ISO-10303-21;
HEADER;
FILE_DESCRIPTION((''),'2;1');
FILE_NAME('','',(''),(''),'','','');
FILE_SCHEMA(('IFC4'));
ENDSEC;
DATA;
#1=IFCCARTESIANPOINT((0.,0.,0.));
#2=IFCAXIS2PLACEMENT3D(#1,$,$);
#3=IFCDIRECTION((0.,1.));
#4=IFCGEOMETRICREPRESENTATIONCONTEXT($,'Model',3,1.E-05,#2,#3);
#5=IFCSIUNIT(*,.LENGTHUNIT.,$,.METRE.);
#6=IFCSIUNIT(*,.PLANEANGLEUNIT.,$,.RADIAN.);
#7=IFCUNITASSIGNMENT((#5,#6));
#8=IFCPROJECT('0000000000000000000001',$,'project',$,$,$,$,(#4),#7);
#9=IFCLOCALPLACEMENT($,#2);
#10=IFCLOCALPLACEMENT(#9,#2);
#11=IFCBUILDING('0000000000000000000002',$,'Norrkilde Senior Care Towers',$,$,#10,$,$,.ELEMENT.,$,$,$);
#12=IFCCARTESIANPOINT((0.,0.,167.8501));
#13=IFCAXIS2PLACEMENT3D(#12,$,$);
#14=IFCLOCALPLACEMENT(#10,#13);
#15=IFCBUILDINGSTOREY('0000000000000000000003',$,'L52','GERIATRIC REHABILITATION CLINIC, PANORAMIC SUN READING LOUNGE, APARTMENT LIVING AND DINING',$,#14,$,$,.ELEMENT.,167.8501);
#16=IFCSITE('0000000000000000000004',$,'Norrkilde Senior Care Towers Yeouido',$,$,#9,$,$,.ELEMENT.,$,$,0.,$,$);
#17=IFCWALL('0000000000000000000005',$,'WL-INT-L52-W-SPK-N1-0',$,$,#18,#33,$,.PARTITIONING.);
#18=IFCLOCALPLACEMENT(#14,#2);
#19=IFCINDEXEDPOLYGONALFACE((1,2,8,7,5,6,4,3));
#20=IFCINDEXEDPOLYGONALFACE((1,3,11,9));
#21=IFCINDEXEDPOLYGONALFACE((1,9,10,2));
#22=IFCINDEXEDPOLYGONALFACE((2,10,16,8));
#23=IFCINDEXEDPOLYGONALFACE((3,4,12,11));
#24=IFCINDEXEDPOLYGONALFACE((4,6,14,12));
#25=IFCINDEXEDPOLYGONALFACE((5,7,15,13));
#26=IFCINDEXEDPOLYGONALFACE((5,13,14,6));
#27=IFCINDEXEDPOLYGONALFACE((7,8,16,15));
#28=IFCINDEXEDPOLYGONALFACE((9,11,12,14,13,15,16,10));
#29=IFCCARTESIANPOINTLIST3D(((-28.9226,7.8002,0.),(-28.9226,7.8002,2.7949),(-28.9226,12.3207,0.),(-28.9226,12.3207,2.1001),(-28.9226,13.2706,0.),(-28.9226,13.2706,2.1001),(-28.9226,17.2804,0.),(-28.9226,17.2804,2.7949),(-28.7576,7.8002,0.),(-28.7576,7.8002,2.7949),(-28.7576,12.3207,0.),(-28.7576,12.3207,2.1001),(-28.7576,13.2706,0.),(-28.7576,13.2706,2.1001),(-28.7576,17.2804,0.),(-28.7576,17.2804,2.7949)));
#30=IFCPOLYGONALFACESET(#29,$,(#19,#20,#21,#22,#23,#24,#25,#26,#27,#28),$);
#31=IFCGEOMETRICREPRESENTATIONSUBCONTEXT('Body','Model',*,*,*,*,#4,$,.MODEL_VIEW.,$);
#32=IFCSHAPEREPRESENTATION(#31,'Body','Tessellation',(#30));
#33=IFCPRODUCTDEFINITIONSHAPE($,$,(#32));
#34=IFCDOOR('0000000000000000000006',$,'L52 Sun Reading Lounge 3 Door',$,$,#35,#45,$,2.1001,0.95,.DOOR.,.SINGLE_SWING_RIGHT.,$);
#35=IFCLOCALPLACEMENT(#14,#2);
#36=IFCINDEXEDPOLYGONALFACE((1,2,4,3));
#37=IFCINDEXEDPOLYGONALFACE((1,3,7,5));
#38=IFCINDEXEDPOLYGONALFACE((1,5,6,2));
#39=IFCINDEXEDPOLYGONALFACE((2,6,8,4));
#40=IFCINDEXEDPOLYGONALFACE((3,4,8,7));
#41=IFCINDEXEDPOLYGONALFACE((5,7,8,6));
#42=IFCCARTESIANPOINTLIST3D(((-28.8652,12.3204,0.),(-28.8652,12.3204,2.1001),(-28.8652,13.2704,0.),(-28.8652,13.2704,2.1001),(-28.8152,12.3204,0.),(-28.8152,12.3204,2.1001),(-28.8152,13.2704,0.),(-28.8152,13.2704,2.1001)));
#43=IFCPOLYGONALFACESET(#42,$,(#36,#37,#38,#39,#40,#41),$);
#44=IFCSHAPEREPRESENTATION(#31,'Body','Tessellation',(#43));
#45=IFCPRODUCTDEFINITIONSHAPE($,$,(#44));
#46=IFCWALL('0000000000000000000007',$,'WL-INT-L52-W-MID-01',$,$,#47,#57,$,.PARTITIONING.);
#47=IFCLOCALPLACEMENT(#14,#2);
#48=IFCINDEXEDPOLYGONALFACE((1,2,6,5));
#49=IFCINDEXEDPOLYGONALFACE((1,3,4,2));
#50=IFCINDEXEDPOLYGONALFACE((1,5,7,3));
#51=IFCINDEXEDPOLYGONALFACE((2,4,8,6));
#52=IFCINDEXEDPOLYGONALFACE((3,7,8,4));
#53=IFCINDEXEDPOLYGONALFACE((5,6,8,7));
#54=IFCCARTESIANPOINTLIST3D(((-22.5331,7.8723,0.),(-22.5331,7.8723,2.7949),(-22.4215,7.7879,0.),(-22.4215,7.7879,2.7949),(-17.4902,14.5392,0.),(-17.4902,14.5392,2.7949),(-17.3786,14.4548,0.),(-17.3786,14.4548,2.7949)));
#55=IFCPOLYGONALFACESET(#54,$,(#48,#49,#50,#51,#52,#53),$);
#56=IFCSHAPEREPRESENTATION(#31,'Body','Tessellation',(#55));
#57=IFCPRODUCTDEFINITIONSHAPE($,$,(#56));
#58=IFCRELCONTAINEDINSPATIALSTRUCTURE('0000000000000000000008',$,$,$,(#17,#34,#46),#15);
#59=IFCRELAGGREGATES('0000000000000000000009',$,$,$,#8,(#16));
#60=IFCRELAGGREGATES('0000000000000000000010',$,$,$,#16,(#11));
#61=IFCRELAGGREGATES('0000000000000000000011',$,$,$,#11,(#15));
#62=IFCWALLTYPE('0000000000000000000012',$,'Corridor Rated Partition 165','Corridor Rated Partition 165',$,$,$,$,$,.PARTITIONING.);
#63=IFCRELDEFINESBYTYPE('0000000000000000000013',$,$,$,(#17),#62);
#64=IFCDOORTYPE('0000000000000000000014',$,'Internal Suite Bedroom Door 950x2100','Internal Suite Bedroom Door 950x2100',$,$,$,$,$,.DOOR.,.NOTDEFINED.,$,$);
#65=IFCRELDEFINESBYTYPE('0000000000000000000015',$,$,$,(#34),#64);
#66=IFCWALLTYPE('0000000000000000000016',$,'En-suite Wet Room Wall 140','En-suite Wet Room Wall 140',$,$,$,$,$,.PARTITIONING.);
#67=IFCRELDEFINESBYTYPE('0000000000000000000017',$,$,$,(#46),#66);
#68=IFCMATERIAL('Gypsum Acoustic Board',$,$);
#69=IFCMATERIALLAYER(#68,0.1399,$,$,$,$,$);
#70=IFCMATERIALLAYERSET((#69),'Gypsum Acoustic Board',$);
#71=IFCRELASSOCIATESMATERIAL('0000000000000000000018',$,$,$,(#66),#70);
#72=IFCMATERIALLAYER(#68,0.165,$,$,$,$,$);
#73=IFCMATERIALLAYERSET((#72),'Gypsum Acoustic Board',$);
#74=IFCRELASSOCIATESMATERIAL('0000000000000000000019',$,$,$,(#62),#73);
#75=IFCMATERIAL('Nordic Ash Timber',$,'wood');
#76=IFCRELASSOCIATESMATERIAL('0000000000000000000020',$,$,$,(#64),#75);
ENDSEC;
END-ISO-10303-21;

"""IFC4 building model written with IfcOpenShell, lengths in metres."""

from ifc_helpers import new_model, si_unit, direction, frame, frame_2d, origin, place, context, subcontext, project, spatial, rectangle, extrude, source, transform, mapped, material, layer, layer_set, type_object, type_shapes, element, fill, save


model = new_model("IFC4")

# Units and contexts
model_context = context("Model", 3, precision=1e-05, world=origin(), true_north=direction((0.0, 1.0)))
body_context = subcontext(model_context, "Body", "Model", "MODEL_VIEW")
ifc_project = project(units=[si_unit("LENGTHUNIT", "METRE"), si_unit("PLANEANGLEUNIT", "RADIAN")], contexts=[model_context])

# Site, building, storey
site_placement = place(None, origin())
site = spatial("IfcSite", under=ifc_project, at=site_placement, Name="Norrkilde Senior Care Towers Yeouido", CompositionType="ELEMENT", RefElevation=0.0)
building_placement = place(site_placement, origin())
building = spatial("IfcBuilding", under=site, at=building_placement, Name="Norrkilde Senior Care Towers", CompositionType="ELEMENT")
storey_placement = place(building_placement, frame((0.0, 0.0, 167.8501)))
storey = spatial("IfcBuildingStorey", under=building, at=storey_placement, Name="L52", Description="GERIATRIC REHABILITATION CLINIC, PANORAMIC SUN READING LOUNGE, APARTMENT LIVING AND DINING", CompositionType="ELEMENT", Elevation=167.8501)

# Shared definitions
ifc_material_1 = material(Name="Gypsum Acoustic Board")
ifc_layer_1 = layer(ifc_material_1, 0.1399)
ifc_layer_set_1 = layer_set([ifc_layer_1], Name="Gypsum Acoustic Board")
wall_type_1 = type_object("IfcWallType", Name="En-suite Wet Room Wall 140", Description="En-suite Wet Room Wall 140", PredefinedType="PARTITIONING", material=ifc_layer_set_1)
ifc_material_2 = material(Name="Nordic Ash Timber", Category="wood")

# Shared definitions
ifc_layer_2 = layer(ifc_material_1, 0.165)
ifc_layer_set_2 = layer_set([ifc_layer_2], Name="Gypsum Acoustic Board")
wall_type_2 = type_object("IfcWallType", Name="Corridor Rated Partition 165", Description="Corridor Rated Partition 165", PredefinedType="PARTITIONING", material=ifc_layer_set_2)

# Wall, opening, door
shared_shape_1 = source(origin(), body_context, "Body", "SweptSolid", [
    extrude(rectangle(XDim=9.4802, YDim=0.165, at=frame_2d((4.7402, 0.0))), origin(), (0.0, 0.0, 1.0), 2.7949),
])
wall_1_placement = place(storey_placement, frame((-28.8401, 7.8, 0.0), z_axis=(0.0, 0.0, 1.0), x_axis=(0.0, 1.0, 0.0)))
wall_1 = element("IfcWall", 1, at=wall_1_placement, inside=storey, type_object=wall_type_2, Name="WL-INT-L52-W-SPK-N1-0", PredefinedType="PARTITIONING", context=body_context, shape_type="MappedRepresentation", body=[
    mapped(shared_shape_1, transform((0.0, 0.0, 0.0), x_axis=(1.0, 0.0, 0.0), y_axis=(0.0, 1.0, 0.0), z_axis=(0.0, 0.0, 1.0), scale=1.0)),
])
opening_1_placement = place(wall_1_placement, frame((4.5205, 0.0, 0.0)))
opening_1 = element("IfcOpeningElement", 2, at=opening_1_placement, cuts=wall_1, PredefinedType="OPENING", context=body_context, shape_type="SweptSolid", body=[
    extrude(rectangle(XDim=0.95, YDim=2.1001, at=frame_2d((0.4751, 1.05))), frame((0.0, 0.0925, 0.0), z_axis=(0.0, -1.0, 0.0), x_axis=(1.0, 0.0, 0.0)), (0.0, 0.0, 1.0), 0.1851),
])
door_type_1 = type_object("IfcDoorType", Name="Internal Suite Bedroom Door 950x2100", Description="Internal Suite Bedroom Door 950x2100", OperationType="NOTDEFINED", PredefinedType="DOOR", material=ifc_material_2)
shared_shape_2 = source(origin(), body_context, "Body", "SweptSolid", [
    extrude(rectangle(XDim=0.95, YDim=2.1001, at=frame_2d((0.4751, 1.05))), frame((0.0, 0.0249, 0.0), z_axis=(0.0, -1.0, 0.0), x_axis=(1.0, 0.0, 0.0)), (0.0, 0.0, 1.0), 0.05),
])
type_shapes(door_type_1, [shared_shape_2])
door_1_placement = place(opening_1_placement, frame((0.95, 0.0, 0.0), z_axis=(0.0, 0.0, 1.0), x_axis=(-1.0, 0.0, 0.0)))
door_1 = element("IfcDoor", 3, at=door_1_placement, inside=storey, type_object=door_type_1, Name="L52 Sun Reading Lounge 3 Door", OperationType="SINGLE_SWING_RIGHT", OverallHeight=2.1001, OverallWidth=0.95, PredefinedType="DOOR", context=body_context, shape_type="MappedRepresentation", body=[
    mapped(shared_shape_2, transform((0.0, 0.0, 0.0), x_axis=(1.0, 0.0, 0.0), y_axis=(0.0, 1.0, 0.0), z_axis=(0.0, 0.0, 1.0), scale=1.0)),
])
fill(opening_1, door_1)

# Wall
shared_shape_3 = source(origin(), body_context, "Body", "SweptSolid", [
    extrude(rectangle(XDim=8.3594, YDim=0.1399, at=frame_2d((4.1797, 0.0))), origin(), (0.0, 0.0, 1.0), 2.7949),
])
wall_2_placement = place(storey_placement, frame((-22.4773, 7.8301, 0.0), z_axis=(0.0, 0.0, 1.0), x_axis=(0.603266, 0.79754, 0.0)))
element("IfcWall", 4, at=wall_2_placement, inside=storey, type_object=wall_type_1, Name="WL-INT-L52-W-MID-01", PredefinedType="PARTITIONING", context=body_context, shape_type="MappedRepresentation", body=[
    mapped(shared_shape_3, transform((0.0, 0.0, 0.0), x_axis=(1.0, 0.0, 0.0), y_axis=(0.0, 1.0, 0.0), z_axis=(0.0, 0.0, 1.0), scale=1.0)),
])

save(model, "model.ifc")
